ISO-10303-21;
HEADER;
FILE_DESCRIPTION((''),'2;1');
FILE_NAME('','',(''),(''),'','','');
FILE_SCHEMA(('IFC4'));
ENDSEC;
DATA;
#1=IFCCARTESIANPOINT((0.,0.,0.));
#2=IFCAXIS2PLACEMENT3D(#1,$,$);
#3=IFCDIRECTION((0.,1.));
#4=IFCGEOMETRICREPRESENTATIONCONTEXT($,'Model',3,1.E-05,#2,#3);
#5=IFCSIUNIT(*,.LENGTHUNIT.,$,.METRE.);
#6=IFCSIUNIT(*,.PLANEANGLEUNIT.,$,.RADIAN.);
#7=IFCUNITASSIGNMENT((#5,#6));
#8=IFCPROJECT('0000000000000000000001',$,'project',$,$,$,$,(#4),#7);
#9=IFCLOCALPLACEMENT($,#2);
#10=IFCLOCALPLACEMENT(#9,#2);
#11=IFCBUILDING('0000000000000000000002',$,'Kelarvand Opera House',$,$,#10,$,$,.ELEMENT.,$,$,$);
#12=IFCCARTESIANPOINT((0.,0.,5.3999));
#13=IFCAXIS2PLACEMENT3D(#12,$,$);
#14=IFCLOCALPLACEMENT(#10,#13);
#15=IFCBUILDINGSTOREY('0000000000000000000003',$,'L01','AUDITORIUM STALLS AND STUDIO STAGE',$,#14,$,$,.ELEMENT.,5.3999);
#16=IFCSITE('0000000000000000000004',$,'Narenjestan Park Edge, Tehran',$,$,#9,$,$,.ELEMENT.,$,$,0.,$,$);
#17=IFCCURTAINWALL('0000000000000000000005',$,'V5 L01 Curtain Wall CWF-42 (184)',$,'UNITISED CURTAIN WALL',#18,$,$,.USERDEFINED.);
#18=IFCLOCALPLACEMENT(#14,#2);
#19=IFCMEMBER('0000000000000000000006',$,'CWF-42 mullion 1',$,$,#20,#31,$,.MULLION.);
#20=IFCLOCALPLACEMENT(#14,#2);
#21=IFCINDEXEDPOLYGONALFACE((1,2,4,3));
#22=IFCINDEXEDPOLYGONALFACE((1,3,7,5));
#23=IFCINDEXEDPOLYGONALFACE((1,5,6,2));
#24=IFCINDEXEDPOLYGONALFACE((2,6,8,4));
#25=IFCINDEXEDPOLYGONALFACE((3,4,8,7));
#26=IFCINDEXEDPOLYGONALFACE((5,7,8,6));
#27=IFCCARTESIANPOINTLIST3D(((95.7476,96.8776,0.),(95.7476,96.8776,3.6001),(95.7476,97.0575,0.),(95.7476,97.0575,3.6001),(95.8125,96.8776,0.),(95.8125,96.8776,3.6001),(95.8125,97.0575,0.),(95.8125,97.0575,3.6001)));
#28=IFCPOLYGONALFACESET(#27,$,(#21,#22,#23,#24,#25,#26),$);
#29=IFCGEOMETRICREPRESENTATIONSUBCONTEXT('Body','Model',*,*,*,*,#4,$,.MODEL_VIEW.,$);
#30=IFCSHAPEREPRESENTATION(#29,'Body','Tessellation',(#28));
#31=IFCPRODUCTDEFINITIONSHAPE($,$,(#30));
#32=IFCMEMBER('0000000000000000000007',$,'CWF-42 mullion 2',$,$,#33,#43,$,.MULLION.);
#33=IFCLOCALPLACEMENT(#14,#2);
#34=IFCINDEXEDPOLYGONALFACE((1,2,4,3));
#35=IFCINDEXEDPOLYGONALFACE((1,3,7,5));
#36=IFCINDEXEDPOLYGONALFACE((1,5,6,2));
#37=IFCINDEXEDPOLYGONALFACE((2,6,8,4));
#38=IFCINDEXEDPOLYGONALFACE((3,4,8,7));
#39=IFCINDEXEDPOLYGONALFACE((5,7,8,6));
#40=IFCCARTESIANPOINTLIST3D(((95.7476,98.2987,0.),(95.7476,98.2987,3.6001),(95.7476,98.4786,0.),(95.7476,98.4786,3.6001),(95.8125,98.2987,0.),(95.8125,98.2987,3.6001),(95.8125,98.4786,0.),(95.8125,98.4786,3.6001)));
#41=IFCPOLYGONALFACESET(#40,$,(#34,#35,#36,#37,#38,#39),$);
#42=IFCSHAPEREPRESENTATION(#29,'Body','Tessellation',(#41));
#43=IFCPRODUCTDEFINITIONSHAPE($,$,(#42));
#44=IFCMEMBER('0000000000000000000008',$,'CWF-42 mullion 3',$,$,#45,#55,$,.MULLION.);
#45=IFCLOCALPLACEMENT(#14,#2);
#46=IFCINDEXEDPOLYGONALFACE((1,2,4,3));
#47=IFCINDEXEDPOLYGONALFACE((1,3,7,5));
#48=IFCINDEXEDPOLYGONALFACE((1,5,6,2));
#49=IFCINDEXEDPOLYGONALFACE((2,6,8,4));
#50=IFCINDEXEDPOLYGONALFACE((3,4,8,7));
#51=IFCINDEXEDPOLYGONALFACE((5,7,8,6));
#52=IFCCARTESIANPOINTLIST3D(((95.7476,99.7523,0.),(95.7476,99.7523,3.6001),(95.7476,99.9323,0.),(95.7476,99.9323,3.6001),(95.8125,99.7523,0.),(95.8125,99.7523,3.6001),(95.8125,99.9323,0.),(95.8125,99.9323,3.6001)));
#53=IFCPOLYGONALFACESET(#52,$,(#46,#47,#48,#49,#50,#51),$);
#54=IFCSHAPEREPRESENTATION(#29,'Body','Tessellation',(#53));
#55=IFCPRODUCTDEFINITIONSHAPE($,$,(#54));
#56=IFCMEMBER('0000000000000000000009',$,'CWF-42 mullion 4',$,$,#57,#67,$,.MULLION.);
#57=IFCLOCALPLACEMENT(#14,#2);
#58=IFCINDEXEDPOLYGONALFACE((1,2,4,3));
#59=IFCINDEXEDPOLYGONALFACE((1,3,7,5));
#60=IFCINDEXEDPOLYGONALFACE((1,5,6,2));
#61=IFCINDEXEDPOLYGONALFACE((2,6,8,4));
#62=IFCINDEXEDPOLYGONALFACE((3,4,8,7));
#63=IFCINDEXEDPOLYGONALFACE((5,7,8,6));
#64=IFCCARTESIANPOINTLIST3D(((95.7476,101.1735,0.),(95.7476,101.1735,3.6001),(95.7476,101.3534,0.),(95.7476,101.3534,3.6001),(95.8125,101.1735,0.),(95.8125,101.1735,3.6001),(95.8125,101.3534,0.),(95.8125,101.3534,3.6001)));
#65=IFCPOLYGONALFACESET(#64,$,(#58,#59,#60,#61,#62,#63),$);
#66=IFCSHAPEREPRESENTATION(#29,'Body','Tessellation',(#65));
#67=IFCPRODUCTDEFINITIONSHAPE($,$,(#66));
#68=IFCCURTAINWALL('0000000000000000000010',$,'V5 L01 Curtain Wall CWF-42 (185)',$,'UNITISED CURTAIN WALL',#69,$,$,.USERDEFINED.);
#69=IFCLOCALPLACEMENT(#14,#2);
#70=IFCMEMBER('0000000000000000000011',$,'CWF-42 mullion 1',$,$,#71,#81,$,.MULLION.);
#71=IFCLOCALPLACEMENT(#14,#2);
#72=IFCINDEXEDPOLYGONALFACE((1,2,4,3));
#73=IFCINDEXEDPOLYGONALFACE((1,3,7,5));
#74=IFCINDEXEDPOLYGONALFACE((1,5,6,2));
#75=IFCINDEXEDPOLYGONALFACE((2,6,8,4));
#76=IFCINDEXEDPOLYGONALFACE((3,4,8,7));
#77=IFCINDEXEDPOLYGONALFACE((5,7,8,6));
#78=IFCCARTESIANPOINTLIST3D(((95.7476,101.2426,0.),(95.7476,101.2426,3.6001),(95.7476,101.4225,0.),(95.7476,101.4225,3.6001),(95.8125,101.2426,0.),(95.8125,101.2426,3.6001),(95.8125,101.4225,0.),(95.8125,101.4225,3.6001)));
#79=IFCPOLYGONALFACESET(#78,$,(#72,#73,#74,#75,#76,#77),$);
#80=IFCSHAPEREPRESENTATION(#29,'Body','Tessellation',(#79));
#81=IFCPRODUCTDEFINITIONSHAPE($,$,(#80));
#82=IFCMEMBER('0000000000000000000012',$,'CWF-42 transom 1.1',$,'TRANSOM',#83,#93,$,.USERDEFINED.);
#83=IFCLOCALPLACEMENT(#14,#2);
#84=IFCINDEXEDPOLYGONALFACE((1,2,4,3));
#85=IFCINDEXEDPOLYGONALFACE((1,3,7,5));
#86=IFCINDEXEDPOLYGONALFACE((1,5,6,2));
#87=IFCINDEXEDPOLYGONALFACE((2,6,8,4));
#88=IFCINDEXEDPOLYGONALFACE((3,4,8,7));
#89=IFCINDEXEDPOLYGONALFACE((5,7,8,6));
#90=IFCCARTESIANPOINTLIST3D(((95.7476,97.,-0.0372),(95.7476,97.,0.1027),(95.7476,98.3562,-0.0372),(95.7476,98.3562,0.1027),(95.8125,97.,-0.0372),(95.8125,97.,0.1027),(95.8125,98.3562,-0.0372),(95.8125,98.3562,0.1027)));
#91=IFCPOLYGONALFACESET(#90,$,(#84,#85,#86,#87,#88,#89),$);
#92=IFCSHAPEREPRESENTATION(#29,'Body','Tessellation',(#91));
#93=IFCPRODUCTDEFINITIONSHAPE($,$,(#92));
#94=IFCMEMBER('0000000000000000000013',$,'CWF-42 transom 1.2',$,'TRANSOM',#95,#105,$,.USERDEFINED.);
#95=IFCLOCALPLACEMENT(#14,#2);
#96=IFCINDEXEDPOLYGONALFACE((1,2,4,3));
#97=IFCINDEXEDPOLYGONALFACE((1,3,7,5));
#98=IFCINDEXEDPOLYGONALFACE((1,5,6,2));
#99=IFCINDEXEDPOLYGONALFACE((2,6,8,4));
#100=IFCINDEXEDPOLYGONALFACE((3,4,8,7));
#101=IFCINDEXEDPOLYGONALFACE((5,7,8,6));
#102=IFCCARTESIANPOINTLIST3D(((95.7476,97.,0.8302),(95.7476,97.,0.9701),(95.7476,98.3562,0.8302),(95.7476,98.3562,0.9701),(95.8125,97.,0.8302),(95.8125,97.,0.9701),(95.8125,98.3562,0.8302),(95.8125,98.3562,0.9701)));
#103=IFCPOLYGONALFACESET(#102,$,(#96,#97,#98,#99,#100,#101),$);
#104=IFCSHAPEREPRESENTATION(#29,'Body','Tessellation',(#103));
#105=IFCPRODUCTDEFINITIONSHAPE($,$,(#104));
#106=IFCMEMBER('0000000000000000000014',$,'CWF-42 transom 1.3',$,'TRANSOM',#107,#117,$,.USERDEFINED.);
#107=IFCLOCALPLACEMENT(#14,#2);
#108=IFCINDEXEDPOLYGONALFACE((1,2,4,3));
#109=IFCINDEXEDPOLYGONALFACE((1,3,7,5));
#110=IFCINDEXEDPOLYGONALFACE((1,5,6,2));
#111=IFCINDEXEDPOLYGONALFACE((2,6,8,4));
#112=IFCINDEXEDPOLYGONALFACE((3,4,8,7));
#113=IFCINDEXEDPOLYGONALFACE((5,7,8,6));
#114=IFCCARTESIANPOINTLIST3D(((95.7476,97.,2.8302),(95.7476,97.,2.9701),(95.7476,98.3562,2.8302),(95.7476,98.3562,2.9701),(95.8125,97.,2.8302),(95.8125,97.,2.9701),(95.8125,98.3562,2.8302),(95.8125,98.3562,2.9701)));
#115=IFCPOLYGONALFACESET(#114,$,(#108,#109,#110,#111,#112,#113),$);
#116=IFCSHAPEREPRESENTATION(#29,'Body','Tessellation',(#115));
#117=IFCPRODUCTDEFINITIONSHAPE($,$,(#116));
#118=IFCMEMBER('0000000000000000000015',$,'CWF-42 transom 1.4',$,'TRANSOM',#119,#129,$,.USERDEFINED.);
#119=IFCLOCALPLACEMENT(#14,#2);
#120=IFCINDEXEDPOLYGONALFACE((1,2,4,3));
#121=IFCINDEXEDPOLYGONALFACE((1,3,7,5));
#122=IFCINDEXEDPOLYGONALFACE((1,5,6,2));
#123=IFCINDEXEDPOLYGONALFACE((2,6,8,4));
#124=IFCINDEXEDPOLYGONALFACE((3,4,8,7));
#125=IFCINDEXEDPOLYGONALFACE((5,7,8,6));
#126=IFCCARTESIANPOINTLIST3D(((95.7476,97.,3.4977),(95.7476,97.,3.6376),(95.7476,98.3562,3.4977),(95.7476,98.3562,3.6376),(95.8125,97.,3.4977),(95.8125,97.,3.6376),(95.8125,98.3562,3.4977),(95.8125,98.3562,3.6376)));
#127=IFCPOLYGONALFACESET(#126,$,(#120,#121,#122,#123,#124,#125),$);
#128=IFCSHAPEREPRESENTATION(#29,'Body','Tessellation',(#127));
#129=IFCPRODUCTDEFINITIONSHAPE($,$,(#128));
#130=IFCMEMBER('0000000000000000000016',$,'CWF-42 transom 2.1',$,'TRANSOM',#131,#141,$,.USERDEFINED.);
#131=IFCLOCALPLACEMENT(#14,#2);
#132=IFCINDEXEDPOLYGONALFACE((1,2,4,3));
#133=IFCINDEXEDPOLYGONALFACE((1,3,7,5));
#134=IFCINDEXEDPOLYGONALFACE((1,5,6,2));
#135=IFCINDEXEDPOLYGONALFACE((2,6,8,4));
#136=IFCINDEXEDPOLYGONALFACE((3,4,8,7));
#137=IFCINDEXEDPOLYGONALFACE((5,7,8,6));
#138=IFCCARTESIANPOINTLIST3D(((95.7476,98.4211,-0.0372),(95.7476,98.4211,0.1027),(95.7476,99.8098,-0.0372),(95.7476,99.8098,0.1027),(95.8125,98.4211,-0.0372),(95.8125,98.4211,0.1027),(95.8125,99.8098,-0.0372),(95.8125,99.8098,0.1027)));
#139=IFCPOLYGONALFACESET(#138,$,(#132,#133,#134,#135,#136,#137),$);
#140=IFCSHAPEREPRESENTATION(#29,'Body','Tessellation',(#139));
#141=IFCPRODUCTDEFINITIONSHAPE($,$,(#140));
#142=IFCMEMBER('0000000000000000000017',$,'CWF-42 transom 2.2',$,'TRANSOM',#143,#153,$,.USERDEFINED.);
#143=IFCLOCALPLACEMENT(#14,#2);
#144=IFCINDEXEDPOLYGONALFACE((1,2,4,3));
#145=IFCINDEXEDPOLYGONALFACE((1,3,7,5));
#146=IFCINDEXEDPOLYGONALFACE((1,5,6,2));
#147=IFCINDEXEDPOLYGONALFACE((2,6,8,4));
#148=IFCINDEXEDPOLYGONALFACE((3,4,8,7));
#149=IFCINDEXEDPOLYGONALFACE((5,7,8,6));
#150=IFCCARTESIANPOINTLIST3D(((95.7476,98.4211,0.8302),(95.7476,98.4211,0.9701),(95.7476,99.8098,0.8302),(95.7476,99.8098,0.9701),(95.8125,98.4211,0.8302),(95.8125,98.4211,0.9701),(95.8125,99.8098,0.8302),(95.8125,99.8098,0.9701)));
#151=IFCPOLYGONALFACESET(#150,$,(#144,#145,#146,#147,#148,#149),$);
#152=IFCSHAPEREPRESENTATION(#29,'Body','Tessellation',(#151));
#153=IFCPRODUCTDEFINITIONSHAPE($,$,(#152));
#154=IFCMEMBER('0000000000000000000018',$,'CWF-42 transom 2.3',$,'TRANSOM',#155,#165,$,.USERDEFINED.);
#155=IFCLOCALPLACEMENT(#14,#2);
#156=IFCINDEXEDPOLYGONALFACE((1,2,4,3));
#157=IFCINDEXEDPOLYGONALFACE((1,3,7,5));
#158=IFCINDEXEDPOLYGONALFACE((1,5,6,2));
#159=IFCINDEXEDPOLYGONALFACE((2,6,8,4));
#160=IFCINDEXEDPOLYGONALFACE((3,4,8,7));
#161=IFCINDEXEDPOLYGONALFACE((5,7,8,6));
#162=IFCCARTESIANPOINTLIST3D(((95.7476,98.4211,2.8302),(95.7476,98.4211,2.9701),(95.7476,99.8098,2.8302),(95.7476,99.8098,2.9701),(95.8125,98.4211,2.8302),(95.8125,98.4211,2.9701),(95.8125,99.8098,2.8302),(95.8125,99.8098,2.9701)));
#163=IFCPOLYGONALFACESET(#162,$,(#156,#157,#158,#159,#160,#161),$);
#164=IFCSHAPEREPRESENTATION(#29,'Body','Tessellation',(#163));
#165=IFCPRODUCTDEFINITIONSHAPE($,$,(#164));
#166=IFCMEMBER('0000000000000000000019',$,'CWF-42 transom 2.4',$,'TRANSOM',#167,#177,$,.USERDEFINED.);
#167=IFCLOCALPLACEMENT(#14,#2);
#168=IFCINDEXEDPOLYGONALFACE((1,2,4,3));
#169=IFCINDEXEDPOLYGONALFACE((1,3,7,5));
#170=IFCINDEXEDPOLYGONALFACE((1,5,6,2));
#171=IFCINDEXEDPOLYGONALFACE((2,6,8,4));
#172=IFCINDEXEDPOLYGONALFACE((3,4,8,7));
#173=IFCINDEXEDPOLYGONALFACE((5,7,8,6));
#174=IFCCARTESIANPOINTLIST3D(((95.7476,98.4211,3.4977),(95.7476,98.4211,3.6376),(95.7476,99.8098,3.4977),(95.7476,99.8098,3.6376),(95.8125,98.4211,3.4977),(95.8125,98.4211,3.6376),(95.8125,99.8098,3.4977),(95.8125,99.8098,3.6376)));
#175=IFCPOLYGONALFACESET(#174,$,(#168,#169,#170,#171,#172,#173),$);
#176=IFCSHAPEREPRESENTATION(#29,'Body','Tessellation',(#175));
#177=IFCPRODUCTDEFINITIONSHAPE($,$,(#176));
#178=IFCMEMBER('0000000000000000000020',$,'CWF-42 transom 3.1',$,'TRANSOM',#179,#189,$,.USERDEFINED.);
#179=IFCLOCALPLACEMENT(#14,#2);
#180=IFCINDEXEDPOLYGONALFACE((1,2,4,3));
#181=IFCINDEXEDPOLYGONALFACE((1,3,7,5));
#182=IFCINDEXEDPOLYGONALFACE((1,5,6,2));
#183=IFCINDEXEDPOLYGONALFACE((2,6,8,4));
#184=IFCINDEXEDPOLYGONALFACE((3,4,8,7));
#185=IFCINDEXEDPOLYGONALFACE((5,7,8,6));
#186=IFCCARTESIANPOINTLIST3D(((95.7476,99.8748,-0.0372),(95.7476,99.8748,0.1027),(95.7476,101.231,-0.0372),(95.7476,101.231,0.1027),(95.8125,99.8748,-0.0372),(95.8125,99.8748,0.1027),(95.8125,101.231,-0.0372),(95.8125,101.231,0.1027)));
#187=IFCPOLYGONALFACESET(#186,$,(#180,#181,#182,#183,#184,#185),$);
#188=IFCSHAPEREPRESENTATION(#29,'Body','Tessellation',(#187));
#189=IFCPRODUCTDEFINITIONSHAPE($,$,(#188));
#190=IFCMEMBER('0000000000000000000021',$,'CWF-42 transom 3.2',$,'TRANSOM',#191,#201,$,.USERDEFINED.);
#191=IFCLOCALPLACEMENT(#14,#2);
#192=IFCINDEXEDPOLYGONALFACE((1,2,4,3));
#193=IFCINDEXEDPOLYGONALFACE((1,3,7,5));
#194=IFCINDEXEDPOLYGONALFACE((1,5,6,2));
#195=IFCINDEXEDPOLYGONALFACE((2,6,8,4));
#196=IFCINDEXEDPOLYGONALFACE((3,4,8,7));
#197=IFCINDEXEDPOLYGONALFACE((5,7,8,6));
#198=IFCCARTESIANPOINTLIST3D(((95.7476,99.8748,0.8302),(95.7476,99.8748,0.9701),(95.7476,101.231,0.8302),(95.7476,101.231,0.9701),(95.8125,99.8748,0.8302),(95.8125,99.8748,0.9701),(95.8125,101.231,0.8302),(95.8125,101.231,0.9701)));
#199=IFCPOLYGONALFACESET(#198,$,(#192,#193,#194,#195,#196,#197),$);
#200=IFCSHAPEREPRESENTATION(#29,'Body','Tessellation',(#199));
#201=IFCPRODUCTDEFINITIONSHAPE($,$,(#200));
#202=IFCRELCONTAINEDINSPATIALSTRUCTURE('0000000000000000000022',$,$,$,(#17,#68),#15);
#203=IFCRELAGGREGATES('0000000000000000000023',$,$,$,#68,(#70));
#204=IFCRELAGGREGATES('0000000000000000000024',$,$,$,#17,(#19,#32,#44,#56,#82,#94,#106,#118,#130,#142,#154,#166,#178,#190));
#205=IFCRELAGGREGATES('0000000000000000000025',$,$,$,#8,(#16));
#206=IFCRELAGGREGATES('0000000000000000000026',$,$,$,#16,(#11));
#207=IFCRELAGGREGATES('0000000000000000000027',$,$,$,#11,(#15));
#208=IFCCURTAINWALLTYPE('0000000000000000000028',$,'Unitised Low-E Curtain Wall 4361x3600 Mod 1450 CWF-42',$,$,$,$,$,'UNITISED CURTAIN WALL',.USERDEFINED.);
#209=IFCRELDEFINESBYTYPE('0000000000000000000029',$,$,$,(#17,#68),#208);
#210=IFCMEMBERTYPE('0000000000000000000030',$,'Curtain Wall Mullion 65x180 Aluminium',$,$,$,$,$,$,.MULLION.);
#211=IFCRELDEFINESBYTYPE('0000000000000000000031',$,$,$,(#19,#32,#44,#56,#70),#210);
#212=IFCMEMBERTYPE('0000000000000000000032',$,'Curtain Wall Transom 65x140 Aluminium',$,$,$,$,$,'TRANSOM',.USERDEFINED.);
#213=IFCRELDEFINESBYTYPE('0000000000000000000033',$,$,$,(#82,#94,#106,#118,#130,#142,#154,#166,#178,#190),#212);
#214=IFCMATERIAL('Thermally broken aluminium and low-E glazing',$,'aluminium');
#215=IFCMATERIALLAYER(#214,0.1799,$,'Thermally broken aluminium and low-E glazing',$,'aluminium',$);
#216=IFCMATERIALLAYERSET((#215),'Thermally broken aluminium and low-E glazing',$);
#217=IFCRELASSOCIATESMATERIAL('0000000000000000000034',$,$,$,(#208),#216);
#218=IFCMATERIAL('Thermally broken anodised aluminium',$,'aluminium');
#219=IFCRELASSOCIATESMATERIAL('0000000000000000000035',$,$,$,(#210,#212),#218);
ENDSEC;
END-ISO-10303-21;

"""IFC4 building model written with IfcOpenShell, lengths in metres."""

from ifc_helpers import new_model, si_unit, direction, frame, origin, origin_2d, place, context, subcontext, project, spatial, rectangle, extrude, material, layer, layer_set, material_profile, profile_set, type_object, element, aggregate, save


model = new_model("IFC4")

# Units and contexts
model_context = context("Model", 3, precision=1e-05, world=origin(), true_north=direction((0.0, 1.0)))
body_context = subcontext(model_context, "Body", "Model", "MODEL_VIEW")
ifc_project = project(units=[si_unit("LENGTHUNIT", "METRE"), si_unit("PLANEANGLEUNIT", "RADIAN")], contexts=[model_context])

# Site, building, storey
site_placement = place(None, origin())
site = spatial("IfcSite", under=ifc_project, at=site_placement, Name="Narenjestan Park Edge, Tehran", CompositionType="ELEMENT", RefElevation=0.0)
building_placement = place(site_placement, origin())
building = spatial("IfcBuilding", under=site, at=building_placement, Name="Kelarvand Opera House", CompositionType="ELEMENT")
storey_placement = place(building_placement, frame((0.0, 0.0, 5.3999)))
storey = spatial("IfcBuildingStorey", under=building, at=storey_placement, Name="L01", Description="AUDITORIUM STALLS AND STUDIO STAGE", CompositionType="ELEMENT", Elevation=5.3999)

# Curtain wall, members
ifc_material_1 = material(Name="Thermally broken aluminium and low-E glazing", Category="aluminium")
ifc_layer_1 = layer(ifc_material_1, 0.1799, Name="Thermally broken aluminium and low-E glazing", Category="aluminium")
ifc_layer_set_1 = layer_set([ifc_layer_1], Name="Thermally broken aluminium and low-E glazing")
curtain_wall_type = type_object("IfcCurtainWallType", Name="Unitised Low-E Curtain Wall 4361x3600 Mod 1450 CWF-42", ElementType="UNITISED CURTAIN WALL", PredefinedType="USERDEFINED", material=ifc_layer_set_1)
curtain_wall_1_placement = place(storey_placement, origin())
curtain_wall_1 = element("IfcCurtainWall", 1, at=curtain_wall_1_placement, inside=storey, type_object=curtain_wall_type, Name="V5 L01 Curtain Wall CWF-42 (184)", ObjectType="UNITISED CURTAIN WALL", PredefinedType="USERDEFINED")
ifc_material_2 = material(Name="Thermally broken anodised aluminium", Category="aluminium")
ifc_material_profile_1 = material_profile(ifc_material_2, rectangle(XDim=0.0649, YDim=0.1799, at=origin_2d()), Name="ALU MULLION 65x180", Category="aluminium")
ifc_profile_set_1 = profile_set([ifc_material_profile_1], Name="Thermally broken anodised aluminium")
member_type_1 = type_object("IfcMemberType", Name="Curtain Wall Mullion 65x180 Aluminium", PredefinedType="MULLION", material=ifc_profile_set_1)
member_1_placement = place(storey_placement, frame((95.78, 96.9675, 0.0), z_axis=(0.0, 0.0, 1.0), x_axis=(-1.0, 0.0, 0.0)))
member_1 = element("IfcMember", 2, at=member_1_placement, type_object=member_type_1, Name="CWF-42 mullion 1", PredefinedType="MULLION", context=body_context, shape_type="SweptSolid", body=[
    extrude(rectangle(XDim=0.0649, YDim=0.1799, at=origin_2d()), origin(), (0.0, 0.0, 1.0), 3.6001),
])
member_2_placement = place(storey_placement, frame((95.78, 98.3887, 0.0), z_axis=(0.0, 0.0, 1.0), x_axis=(-1.0, 0.0, 0.0)))
member_2 = element("IfcMember", 3, at=member_2_placement, type_object=member_type_1, Name="CWF-42 mullion 2", PredefinedType="MULLION", context=body_context, shape_type="SweptSolid", body=[
    extrude(rectangle(XDim=0.0649, YDim=0.1799, at=origin_2d()), origin(), (0.0, 0.0, 1.0), 3.6001),
])
member_3_placement = place(storey_placement, frame((95.78, 99.8423, 0.0), z_axis=(0.0, 0.0, 1.0), x_axis=(-1.0, 0.0, 0.0)))
member_3 = element("IfcMember", 4, at=member_3_placement, type_object=member_type_1, Name="CWF-42 mullion 3", PredefinedType="MULLION", context=body_context, shape_type="SweptSolid", body=[
    extrude(rectangle(XDim=0.0649, YDim=0.1799, at=origin_2d()), origin(), (0.0, 0.0, 1.0), 3.6001),
])
member_4_placement = place(storey_placement, frame((95.78, 101.2634, 0.0), z_axis=(0.0, 0.0, 1.0), x_axis=(-1.0, 0.0, 0.0)))
member_4 = element("IfcMember", 5, at=member_4_placement, type_object=member_type_1, Name="CWF-42 mullion 4", PredefinedType="MULLION", context=body_context, shape_type="SweptSolid", body=[
    extrude(rectangle(XDim=0.0649, YDim=0.1799, at=origin_2d()), origin(), (0.0, 0.0, 1.0), 3.6001),
])

# Curtain wall, member
curtain_wall_2_placement = place(storey_placement, origin())
curtain_wall_2 = element("IfcCurtainWall", 6, at=curtain_wall_2_placement, inside=storey, type_object=curtain_wall_type, Name="V5 L01 Curtain Wall CWF-42 (185)", ObjectType="UNITISED CURTAIN WALL", PredefinedType="USERDEFINED")
member_5_placement = place(storey_placement, frame((95.78, 101.3325, 0.0), z_axis=(0.0, 0.0, 1.0), x_axis=(-1.0, 0.0, 0.0)))
member_5 = element("IfcMember", 7, at=member_5_placement, type_object=member_type_1, Name="CWF-42 mullion 1", PredefinedType="MULLION", context=body_context, shape_type="SweptSolid", body=[
    extrude(rectangle(XDim=0.0649, YDim=0.1799, at=origin_2d()), origin(), (0.0, 0.0, 1.0), 3.6001),
])

# Members
ifc_material_profile_2 = material_profile(ifc_material_2, rectangle(XDim=0.0649, YDim=0.1399, at=origin_2d()), Name="ALU TRANSOM 65x140", Category="aluminium")
ifc_profile_set_2 = profile_set([ifc_material_profile_2], Name="Thermally broken anodised aluminium")
member_type_2 = type_object("IfcMemberType", Name="Curtain Wall Transom 65x140 Aluminium", ElementType="TRANSOM", PredefinedType="USERDEFINED", material=ifc_profile_set_2)
member_6_placement = place(storey_placement, frame((95.78, 97.0, 0.0327), z_axis=(0.0, 1.0, 0.0), x_axis=(-1.0, 0.0, 0.0)))
member_6 = element("IfcMember", 8, at=member_6_placement, type_object=member_type_2, Name="CWF-42 transom 1.1", ObjectType="TRANSOM", PredefinedType="USERDEFINED", context=body_context, shape_type="SweptSolid", body=[
    extrude(rectangle(XDim=0.0649, YDim=0.1399, at=origin_2d()), origin(), (0.0, 0.0, 1.0), 1.3562),
])
member_7_placement = place(storey_placement, frame((95.78, 97.0, 0.9001), z_axis=(0.0, 1.0, 0.0), x_axis=(-1.0, 0.0, 0.0)))
member_7 = element("IfcMember", 9, at=member_7_placement, type_object=member_type_2, Name="CWF-42 transom 1.2", ObjectType="TRANSOM", PredefinedType="USERDEFINED", context=body_context, shape_type="SweptSolid", body=[
    extrude(rectangle(XDim=0.0649, YDim=0.1399, at=origin_2d()), origin(), (0.0, 0.0, 1.0), 1.3562),
])
member_8_placement = place(storey_placement, frame((95.78, 97.0, 2.9001), z_axis=(0.0, 1.0, 0.0), x_axis=(-1.0, 0.0, 0.0)))
member_8 = element("IfcMember", 10, at=member_8_placement, type_object=member_type_2, Name="CWF-42 transom 1.3", ObjectType="TRANSOM", PredefinedType="USERDEFINED", context=body_context, shape_type="SweptSolid", body=[
    extrude(rectangle(XDim=0.0649, YDim=0.1399, at=origin_2d()), origin(), (0.0, 0.0, 1.0), 1.3562),
])
member_9_placement = place(storey_placement, frame((95.78, 97.0, 3.5676), z_axis=(0.0, 1.0, 0.0), x_axis=(-1.0, 0.0, 0.0)))
member_9 = element("IfcMember", 11, at=member_9_placement, type_object=member_type_2, Name="CWF-42 transom 1.4", ObjectType="TRANSOM", PredefinedType="USERDEFINED", context=body_context, shape_type="SweptSolid", body=[
    extrude(rectangle(XDim=0.0649, YDim=0.1399, at=origin_2d()), origin(), (0.0, 0.0, 1.0), 1.3562),
])
member_10_placement = place(storey_placement, frame((95.78, 98.4211, 0.0327), z_axis=(0.0, 1.0, 0.0), x_axis=(-1.0, 0.0, 0.0)))
member_10 = element("IfcMember", 12, at=member_10_placement, type_object=member_type_2, Name="CWF-42 transom 2.1", ObjectType="TRANSOM", PredefinedType="USERDEFINED", context=body_context, shape_type="SweptSolid", body=[
    extrude(rectangle(XDim=0.0649, YDim=0.1399, at=origin_2d()), origin(), (0.0, 0.0, 1.0), 1.3887),
])
member_11_placement = place(storey_placement, frame((95.78, 98.4211, 0.9001), z_axis=(0.0, 1.0, 0.0), x_axis=(-1.0, 0.0, 0.0)))
member_11 = element("IfcMember", 13, at=member_11_placement, type_object=member_type_2, Name="CWF-42 transom 2.2", ObjectType="TRANSOM", PredefinedType="USERDEFINED", context=body_context, shape_type="SweptSolid", body=[
    extrude(rectangle(XDim=0.0649, YDim=0.1399, at=origin_2d()), origin(), (0.0, 0.0, 1.0), 1.3887),
])
member_12_placement = place(storey_placement, frame((95.78, 98.4211, 2.9001), z_axis=(0.0, 1.0, 0.0), x_axis=(-1.0, 0.0, 0.0)))
member_12 = element("IfcMember", 14, at=member_12_placement, type_object=member_type_2, Name="CWF-42 transom 2.3", ObjectType="TRANSOM", PredefinedType="USERDEFINED", context=body_context, shape_type="SweptSolid", body=[
    extrude(rectangle(XDim=0.0649, YDim=0.1399, at=origin_2d()), origin(), (0.0, 0.0, 1.0), 1.3887),
])
member_13_placement = place(storey_placement, frame((95.78, 98.4211, 3.5676), z_axis=(0.0, 1.0, 0.0), x_axis=(-1.0, 0.0, 0.0)))
member_13 = element("IfcMember", 15, at=member_13_placement, type_object=member_type_2, Name="CWF-42 transom 2.4", ObjectType="TRANSOM", PredefinedType="USERDEFINED", context=body_context, shape_type="SweptSolid", body=[
    extrude(rectangle(XDim=0.0649, YDim=0.1399, at=origin_2d()), origin(), (0.0, 0.0, 1.0), 1.3887),
])
member_14_placement = place(storey_placement, frame((95.78, 99.8748, 0.0327), z_axis=(0.0, 1.0, 0.0), x_axis=(-1.0, 0.0, 0.0)))
member_14 = element("IfcMember", 16, at=member_14_placement, type_object=member_type_2, Name="CWF-42 transom 3.1", ObjectType="TRANSOM", PredefinedType="USERDEFINED", context=body_context, shape_type="SweptSolid", body=[
    extrude(rectangle(XDim=0.0649, YDim=0.1399, at=origin_2d()), origin(), (0.0, 0.0, 1.0), 1.3562),
])
member_15_placement = place(storey_placement, frame((95.78, 99.8748, 0.9001), z_axis=(0.0, 1.0, 0.0), x_axis=(-1.0, 0.0, 0.0)))
member_15 = element("IfcMember", 17, at=member_15_placement, type_object=member_type_2, Name="CWF-42 transom 3.2", ObjectType="TRANSOM", PredefinedType="USERDEFINED", context=body_context, shape_type="SweptSolid", body=[
    extrude(rectangle(XDim=0.0649, YDim=0.1399, at=origin_2d()), origin(), (0.0, 0.0, 1.0), 1.3562),
])
aggregate(curtain_wall_2, [member_5])

aggregate(curtain_wall_1, [member_1, member_2, member_3, member_4, member_6, member_7, member_8, member_9, member_10, member_11, member_12, member_13, member_14, member_15])

save(model, "model.ifc")
